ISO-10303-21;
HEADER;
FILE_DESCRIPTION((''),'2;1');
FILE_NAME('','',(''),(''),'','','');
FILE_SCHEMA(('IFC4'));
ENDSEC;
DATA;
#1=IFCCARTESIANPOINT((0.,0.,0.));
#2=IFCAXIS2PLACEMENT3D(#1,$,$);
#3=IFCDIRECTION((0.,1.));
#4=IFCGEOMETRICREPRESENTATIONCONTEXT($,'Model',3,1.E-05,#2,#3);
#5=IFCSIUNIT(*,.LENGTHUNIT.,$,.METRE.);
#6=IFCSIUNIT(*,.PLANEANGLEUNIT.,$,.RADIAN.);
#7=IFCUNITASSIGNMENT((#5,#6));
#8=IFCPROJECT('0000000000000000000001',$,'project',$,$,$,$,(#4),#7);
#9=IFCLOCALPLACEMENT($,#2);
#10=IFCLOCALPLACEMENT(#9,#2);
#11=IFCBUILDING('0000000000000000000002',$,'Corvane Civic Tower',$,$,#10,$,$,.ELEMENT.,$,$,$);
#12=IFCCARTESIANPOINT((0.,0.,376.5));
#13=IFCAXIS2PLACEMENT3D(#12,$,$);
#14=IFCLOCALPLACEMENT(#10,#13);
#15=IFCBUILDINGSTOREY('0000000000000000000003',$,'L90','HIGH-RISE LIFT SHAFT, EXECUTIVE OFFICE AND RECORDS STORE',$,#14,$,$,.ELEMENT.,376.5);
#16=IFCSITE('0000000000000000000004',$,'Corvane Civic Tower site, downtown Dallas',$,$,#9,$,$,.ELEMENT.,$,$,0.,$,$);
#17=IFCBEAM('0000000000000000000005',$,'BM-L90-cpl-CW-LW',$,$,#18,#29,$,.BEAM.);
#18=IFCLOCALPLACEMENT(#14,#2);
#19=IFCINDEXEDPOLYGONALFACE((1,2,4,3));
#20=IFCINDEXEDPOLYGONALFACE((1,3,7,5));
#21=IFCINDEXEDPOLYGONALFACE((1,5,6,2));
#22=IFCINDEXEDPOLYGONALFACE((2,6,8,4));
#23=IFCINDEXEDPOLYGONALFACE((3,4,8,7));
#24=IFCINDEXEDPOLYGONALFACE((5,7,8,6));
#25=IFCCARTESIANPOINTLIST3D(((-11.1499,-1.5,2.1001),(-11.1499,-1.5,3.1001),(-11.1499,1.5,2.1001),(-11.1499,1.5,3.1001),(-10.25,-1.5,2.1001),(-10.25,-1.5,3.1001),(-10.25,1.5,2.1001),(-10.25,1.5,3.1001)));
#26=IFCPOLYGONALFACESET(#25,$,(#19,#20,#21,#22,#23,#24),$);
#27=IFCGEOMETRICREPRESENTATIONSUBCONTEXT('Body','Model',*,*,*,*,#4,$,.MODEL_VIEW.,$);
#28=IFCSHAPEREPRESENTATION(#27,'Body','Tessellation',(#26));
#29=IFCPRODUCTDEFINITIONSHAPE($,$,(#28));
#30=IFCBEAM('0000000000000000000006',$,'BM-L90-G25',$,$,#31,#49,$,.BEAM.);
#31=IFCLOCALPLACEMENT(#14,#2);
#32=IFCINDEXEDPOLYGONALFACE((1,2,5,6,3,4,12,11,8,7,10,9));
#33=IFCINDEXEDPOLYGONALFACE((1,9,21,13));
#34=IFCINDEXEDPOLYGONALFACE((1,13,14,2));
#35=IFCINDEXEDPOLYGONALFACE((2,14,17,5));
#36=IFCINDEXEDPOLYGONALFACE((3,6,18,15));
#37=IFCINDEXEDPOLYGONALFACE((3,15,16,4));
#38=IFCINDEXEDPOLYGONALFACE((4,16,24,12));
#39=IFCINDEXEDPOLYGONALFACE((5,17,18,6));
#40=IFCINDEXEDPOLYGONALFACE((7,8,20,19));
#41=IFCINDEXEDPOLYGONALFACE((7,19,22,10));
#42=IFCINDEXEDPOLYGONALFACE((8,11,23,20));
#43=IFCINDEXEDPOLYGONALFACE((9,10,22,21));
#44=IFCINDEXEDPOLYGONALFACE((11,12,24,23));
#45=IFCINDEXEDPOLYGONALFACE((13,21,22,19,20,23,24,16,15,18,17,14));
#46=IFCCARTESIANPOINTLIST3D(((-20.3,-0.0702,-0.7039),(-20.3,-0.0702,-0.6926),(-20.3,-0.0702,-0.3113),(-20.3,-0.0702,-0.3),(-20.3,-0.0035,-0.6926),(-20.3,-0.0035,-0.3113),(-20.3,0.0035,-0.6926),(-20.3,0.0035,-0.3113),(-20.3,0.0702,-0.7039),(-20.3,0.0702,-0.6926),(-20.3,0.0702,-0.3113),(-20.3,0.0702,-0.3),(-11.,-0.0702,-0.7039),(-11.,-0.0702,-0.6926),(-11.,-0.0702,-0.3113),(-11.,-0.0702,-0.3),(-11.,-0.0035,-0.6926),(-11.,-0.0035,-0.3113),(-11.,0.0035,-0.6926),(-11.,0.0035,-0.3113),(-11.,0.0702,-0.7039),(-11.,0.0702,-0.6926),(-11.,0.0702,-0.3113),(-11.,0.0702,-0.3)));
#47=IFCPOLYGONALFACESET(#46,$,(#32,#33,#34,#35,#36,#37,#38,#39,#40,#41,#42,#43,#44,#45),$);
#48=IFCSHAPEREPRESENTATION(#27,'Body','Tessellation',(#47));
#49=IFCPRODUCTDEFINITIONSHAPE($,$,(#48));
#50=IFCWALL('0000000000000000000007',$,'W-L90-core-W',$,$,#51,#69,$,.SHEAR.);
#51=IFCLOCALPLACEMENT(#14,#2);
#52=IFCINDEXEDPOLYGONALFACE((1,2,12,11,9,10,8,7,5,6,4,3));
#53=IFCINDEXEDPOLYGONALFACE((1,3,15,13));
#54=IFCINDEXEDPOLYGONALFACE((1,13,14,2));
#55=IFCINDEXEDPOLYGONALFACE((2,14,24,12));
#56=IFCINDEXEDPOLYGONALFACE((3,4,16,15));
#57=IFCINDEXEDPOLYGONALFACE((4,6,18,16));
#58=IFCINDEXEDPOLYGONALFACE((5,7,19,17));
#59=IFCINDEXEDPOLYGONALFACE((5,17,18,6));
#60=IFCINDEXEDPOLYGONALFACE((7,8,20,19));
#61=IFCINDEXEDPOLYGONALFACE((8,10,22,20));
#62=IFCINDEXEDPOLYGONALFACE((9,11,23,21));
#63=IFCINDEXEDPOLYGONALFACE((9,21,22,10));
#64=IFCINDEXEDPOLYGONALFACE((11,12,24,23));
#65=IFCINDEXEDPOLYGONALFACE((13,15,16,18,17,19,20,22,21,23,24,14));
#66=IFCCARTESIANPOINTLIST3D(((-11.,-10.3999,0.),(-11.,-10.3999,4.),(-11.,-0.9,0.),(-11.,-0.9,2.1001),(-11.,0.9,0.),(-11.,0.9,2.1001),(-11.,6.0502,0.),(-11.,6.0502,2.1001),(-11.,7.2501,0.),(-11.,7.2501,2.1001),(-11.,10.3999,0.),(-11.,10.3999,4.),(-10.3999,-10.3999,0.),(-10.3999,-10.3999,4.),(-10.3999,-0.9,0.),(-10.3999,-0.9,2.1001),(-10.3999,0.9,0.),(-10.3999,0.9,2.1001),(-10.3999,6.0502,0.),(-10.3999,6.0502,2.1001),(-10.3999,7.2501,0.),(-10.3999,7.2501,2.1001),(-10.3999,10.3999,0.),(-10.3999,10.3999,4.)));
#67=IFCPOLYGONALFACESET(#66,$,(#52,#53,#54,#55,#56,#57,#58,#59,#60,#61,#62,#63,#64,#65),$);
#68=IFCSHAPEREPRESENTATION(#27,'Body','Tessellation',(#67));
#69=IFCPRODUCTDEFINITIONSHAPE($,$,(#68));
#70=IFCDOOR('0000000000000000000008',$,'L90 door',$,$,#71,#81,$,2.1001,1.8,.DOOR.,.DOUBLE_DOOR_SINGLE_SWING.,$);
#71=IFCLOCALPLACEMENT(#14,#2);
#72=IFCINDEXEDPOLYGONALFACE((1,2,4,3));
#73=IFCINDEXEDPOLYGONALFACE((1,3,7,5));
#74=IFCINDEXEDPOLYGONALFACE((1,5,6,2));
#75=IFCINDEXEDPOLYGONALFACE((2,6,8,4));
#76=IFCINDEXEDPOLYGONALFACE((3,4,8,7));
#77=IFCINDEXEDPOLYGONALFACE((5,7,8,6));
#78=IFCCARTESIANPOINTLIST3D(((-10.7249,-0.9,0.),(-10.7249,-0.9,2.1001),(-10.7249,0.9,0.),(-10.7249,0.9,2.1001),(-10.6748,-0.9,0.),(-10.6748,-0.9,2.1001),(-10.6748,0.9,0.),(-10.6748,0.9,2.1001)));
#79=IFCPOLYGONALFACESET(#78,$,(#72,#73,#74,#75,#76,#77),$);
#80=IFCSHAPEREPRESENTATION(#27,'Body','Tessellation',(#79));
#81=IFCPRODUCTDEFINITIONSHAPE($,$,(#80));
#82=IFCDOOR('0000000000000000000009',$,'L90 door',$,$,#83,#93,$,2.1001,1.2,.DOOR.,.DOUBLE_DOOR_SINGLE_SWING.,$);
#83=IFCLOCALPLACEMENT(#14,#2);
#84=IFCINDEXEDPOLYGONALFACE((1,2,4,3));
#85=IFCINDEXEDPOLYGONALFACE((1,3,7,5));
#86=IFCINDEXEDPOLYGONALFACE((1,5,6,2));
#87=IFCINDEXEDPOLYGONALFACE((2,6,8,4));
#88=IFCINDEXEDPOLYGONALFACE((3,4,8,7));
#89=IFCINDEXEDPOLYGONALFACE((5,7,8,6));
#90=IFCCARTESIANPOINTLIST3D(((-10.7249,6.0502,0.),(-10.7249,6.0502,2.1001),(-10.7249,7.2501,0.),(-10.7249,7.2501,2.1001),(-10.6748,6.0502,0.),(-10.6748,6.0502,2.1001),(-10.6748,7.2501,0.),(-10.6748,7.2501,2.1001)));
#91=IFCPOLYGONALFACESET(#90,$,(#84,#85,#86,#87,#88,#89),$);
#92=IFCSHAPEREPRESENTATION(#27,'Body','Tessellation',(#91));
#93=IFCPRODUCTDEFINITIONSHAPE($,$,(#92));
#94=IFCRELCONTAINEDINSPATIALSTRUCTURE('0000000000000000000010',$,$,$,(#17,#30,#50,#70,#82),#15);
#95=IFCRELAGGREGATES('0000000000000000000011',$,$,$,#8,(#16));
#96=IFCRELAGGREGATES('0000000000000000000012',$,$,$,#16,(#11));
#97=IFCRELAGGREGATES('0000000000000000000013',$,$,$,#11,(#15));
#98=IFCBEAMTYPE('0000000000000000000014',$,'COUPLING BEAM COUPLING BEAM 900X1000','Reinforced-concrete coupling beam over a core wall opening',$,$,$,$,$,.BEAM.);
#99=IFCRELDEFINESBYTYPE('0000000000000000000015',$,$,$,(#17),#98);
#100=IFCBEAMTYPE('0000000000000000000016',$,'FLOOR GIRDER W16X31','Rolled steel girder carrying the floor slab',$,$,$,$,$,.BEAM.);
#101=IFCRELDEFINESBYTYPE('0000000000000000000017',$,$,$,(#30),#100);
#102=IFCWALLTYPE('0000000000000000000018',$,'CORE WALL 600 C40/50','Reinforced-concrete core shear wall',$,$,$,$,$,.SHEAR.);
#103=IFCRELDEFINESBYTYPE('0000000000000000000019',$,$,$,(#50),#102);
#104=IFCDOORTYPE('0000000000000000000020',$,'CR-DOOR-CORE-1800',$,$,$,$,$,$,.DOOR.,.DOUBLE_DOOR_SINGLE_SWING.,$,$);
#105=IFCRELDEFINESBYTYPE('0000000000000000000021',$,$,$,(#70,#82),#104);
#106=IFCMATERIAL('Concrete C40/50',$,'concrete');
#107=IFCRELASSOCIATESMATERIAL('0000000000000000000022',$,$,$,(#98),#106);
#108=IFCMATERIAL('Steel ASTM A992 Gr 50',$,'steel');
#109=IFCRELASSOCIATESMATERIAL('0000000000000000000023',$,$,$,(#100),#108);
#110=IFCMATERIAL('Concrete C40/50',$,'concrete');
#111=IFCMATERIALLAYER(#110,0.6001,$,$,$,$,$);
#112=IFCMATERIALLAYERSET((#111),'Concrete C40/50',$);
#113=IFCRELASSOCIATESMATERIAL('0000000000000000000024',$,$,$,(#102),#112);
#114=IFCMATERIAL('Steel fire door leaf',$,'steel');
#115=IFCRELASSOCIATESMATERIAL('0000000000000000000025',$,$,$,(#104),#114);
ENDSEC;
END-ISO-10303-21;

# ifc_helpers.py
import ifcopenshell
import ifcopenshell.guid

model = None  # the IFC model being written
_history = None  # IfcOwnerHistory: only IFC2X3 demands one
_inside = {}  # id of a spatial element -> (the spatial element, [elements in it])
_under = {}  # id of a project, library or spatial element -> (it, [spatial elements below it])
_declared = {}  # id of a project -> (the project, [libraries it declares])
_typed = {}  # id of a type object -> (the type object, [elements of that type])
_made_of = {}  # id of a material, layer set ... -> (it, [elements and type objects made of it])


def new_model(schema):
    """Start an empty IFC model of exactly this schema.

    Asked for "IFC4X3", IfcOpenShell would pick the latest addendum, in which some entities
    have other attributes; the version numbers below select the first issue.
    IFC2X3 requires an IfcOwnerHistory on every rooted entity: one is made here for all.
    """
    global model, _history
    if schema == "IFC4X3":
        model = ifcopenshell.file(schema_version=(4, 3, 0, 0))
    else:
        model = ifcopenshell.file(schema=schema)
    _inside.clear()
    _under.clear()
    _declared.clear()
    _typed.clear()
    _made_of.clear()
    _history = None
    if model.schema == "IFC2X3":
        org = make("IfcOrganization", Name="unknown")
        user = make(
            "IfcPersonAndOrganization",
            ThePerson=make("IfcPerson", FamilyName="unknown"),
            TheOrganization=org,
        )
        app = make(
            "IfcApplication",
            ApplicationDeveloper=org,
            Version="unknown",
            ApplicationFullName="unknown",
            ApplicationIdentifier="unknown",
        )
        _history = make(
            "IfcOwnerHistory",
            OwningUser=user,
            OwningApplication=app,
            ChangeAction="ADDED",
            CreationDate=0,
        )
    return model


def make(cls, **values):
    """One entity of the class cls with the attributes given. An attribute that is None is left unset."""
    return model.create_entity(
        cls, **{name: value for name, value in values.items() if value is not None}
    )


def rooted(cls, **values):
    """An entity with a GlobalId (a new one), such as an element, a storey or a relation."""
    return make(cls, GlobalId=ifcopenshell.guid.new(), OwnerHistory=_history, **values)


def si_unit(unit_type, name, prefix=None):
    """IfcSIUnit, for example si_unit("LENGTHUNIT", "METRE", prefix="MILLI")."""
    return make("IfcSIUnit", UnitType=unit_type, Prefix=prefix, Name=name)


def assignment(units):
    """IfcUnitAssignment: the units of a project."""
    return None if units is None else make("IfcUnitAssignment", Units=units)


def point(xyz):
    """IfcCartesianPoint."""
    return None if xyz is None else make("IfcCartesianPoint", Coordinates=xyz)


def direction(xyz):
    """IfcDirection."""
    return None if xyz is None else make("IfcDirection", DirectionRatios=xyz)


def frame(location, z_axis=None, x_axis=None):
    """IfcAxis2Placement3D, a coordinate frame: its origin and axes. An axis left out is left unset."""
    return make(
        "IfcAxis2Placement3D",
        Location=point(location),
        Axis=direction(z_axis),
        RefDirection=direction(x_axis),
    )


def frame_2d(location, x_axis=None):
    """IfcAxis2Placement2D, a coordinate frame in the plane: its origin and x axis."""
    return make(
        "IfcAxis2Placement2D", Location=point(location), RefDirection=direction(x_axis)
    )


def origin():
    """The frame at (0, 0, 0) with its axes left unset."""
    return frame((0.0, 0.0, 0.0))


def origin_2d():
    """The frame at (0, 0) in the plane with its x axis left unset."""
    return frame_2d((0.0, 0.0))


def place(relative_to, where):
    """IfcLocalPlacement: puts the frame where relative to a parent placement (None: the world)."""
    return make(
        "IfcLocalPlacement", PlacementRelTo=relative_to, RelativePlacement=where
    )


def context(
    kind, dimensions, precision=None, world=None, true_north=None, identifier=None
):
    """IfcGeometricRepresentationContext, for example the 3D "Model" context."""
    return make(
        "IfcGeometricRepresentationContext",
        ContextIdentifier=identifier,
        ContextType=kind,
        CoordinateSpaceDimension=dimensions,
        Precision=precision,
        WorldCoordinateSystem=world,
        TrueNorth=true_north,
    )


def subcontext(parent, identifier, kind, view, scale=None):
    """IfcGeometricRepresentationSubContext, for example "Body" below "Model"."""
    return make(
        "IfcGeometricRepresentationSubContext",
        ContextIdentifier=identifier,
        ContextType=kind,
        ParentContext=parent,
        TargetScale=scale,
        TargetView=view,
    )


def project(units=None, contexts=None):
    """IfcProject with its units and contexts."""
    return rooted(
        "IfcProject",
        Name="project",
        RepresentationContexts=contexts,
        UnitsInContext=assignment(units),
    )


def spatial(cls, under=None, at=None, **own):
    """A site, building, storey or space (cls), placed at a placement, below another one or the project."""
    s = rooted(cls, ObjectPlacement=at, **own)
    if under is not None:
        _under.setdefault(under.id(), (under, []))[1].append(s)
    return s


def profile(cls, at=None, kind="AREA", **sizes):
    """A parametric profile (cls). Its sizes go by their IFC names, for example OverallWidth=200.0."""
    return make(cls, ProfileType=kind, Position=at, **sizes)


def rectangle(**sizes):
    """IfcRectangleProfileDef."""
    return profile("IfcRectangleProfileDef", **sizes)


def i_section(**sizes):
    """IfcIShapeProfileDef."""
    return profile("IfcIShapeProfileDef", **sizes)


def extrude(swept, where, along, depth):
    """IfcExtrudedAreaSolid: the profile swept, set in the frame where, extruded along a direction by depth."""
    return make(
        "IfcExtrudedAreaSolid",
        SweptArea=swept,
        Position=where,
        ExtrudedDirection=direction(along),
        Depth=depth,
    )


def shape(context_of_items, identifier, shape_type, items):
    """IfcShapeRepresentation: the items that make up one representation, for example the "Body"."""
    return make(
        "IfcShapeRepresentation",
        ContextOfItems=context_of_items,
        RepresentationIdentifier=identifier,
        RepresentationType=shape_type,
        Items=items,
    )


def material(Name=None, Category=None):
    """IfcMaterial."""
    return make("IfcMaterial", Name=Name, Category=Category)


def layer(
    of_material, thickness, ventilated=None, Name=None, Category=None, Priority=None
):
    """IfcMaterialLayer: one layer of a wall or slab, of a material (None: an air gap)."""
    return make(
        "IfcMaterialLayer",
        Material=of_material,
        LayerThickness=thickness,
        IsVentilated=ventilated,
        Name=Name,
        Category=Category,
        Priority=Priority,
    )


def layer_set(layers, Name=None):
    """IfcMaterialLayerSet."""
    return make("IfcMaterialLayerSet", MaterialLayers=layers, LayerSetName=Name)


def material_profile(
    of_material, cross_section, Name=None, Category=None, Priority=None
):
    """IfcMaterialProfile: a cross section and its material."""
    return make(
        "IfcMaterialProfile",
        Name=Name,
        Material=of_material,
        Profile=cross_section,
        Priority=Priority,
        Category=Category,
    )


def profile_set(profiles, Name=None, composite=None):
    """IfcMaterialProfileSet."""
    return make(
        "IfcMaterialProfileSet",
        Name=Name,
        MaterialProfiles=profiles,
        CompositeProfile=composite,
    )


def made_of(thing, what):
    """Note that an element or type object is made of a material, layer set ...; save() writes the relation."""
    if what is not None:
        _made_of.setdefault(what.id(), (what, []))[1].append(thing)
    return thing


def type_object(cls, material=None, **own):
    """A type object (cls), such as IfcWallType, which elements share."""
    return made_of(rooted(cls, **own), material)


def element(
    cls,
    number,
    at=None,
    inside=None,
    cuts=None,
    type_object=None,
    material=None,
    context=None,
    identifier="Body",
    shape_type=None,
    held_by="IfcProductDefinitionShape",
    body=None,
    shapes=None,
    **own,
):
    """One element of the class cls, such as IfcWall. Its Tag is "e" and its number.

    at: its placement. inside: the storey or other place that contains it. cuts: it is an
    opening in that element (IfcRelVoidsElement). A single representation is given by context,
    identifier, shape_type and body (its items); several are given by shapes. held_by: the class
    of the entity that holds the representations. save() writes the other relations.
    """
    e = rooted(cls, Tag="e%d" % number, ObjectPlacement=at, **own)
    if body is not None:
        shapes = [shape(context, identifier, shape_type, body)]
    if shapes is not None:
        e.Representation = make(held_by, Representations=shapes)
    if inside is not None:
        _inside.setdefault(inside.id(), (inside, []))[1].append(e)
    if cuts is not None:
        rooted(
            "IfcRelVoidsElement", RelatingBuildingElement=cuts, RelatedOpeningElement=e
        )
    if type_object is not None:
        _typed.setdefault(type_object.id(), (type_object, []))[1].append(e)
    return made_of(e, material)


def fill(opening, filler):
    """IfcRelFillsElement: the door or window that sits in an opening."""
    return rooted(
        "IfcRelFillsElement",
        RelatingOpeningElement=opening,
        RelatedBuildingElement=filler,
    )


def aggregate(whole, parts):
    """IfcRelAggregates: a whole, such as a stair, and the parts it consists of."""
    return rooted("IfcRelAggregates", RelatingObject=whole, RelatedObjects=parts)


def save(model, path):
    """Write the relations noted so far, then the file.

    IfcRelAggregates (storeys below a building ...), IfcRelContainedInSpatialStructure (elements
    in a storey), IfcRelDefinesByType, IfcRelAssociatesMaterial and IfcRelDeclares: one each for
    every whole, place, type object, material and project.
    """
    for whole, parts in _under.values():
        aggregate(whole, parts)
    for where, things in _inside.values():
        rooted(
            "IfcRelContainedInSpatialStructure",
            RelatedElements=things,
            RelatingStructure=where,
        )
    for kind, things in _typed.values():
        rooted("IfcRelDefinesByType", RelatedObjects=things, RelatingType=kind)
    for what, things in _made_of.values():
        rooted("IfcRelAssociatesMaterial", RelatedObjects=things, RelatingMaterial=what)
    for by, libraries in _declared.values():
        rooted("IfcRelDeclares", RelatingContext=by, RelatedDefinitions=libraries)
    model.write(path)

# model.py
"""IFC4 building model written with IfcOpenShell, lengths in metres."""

from ifc_helpers import new_model, si_unit, direction, frame, frame_2d, origin, origin_2d, place, context, subcontext, project, spatial, rectangle, i_section, extrude, material, layer, layer_set, material_profile, profile_set, type_object, element, fill, save


model = new_model("IFC4")

# Units and contexts
model_context = context("Model", 3, precision=1e-05, world=origin(), true_north=direction((0.0, 1.0)))
body_context = subcontext(model_context, "Body", "Model", "MODEL_VIEW")
ifc_project = project(units=[si_unit("LENGTHUNIT", "METRE"), si_unit("PLANEANGLEUNIT", "RADIAN")], contexts=[model_context])

# Site, building, storey
site_placement = place(None, origin())
site = spatial("IfcSite", under=ifc_project, at=site_placement, Name="Corvane Civic Tower site, downtown Dallas", CompositionType="ELEMENT", RefElevation=0.0)
building_placement = place(site_placement, origin())
building = spatial("IfcBuilding", under=site, at=building_placement, Name="Corvane Civic Tower", CompositionType="ELEMENT")
storey_placement = place(building_placement, frame((0.0, 0.0, 376.5)))
storey = spatial("IfcBuildingStorey", under=building, at=storey_placement, Name="L90", Description="HIGH-RISE LIFT SHAFT, EXECUTIVE OFFICE AND RECORDS STORE", CompositionType="ELEMENT", Elevation=376.5)

# Beams
ifc_material_1 = material(Name="Concrete C40/50", Category="concrete")
ifc_material_profile_1 = material_profile(ifc_material_1, rectangle(XDim=0.8999, YDim=1.0, at=origin_2d()), Name="COUPLING BEAM 900X1000")
ifc_profile_set_1 = profile_set([ifc_material_profile_1], Name="Concrete C40/50")
beam_type_1 = type_object("IfcBeamType", Name="COUPLING BEAM COUPLING BEAM 900X1000", Description="Reinforced-concrete coupling beam over a core wall opening", PredefinedType="BEAM", material=ifc_profile_set_1)
beam_1_placement = place(storey_placement, frame((-10.7, -1.5, 2.6001), z_axis=(0.0, 1.0, 0.0), x_axis=(-1.0, 0.0, 0.0)))
element("IfcBeam", 1, at=beam_1_placement, inside=storey, type_object=beam_type_1, Name="BM-L90-cpl-CW-LW", PredefinedType="BEAM", context=body_context, shape_type="SweptSolid", body=[
    extrude(rectangle(XDim=0.8999, YDim=1.0, at=origin_2d()), origin(), (0.0, 0.0, 1.0), 3.0),
])
ifc_material_2 = material(Name="Steel ASTM A992 Gr 50", Category="steel")
ifc_material_profile_2 = material_profile(ifc_material_2, i_section(OverallWidth=0.1404, OverallDepth=0.4038, WebThickness=0.0071, FlangeThickness=0.0112, at=origin_2d()), Name="W16X31")
ifc_profile_set_2 = profile_set([ifc_material_profile_2], Name="Steel ASTM A992 Gr 50")
beam_type_2 = type_object("IfcBeamType", Name="FLOOR GIRDER W16X31", Description="Rolled steel girder carrying the floor slab", PredefinedType="BEAM", material=ifc_profile_set_2)
beam_2_placement = place(storey_placement, frame((-11.0, 0.0, -0.502), z_axis=(-1.0, 0.0, 0.0), x_axis=(0.0, -1.0, 0.0)))
element("IfcBeam", 2, at=beam_2_placement, inside=storey, type_object=beam_type_2, Name="BM-L90-G25", PredefinedType="BEAM", context=body_context, shape_type="SweptSolid", body=[
    extrude(i_section(OverallWidth=0.1404, OverallDepth=0.4038, WebThickness=0.0071, FlangeThickness=0.0112, at=origin_2d()), origin(), (0.0, 0.0, 1.0), 9.3),
])

# Wall, openings, doors
ifc_material_3 = material(Name="Concrete C40/50", Category="concrete")
ifc_layer_1 = layer(ifc_material_3, 0.6001)
ifc_layer_set_1 = layer_set([ifc_layer_1], Name="Concrete C40/50")
wall_type_1 = type_object("IfcWallType", Name="CORE WALL 600 C40/50", Description="Reinforced-concrete core shear wall", PredefinedType="SHEAR", material=ifc_layer_set_1)
wall_1_placement = place(storey_placement, frame((-10.7, -10.3999, 0.0), z_axis=(0.0, 0.0, 1.0), x_axis=(0.0, 1.0, 0.0)))
wall_1 = element("IfcWall", 3, at=wall_1_placement, inside=storey, type_object=wall_type_1, Name="W-L90-core-W", PredefinedType="SHEAR", context=body_context, shape_type="SweptSolid", body=[
    extrude(rectangle(XDim=20.7998, YDim=0.6001, at=frame_2d((10.3999, 0.0))), origin(), (0.0, 0.0, 1.0), 4.0),
])
opening_1_placement = place(wall_1_placement, frame((9.5, 0.0, 0.0)))
opening_1 = element("IfcOpeningElement", 4, at=opening_1_placement, cuts=wall_1, PredefinedType="OPENING", context=body_context, shape_type="SweptSolid", body=[
    extrude(rectangle(XDim=1.8, YDim=2.1001, at=frame_2d((0.8999, 1.05))), frame((0.0, 0.3101, 0.0), z_axis=(0.0, -1.0, 0.0), x_axis=(1.0, 0.0, 0.0)), (0.0, 0.0, 1.0), 0.6201),
])
opening_2_placement = place(wall_1_placement, frame((16.45, 0.0, 0.0)))
opening_2 = element("IfcOpeningElement", 5, at=opening_2_placement, cuts=wall_1, PredefinedType="OPENING", context=body_context, shape_type="SweptSolid", body=[
    extrude(rectangle(XDim=1.2, YDim=2.1001, at=frame_2d((0.6001, 1.05))), frame((0.0, 0.3101, 0.0), z_axis=(0.0, -1.0, 0.0), x_axis=(1.0, 0.0, 0.0)), (0.0, 0.0, 1.0), 0.6201),
])
ifc_material_4 = material(Name="Steel fire door leaf", Category="steel")
door_type_1 = type_object("IfcDoorType", Name="CR-DOOR-CORE-1800", OperationType="DOUBLE_DOOR_SINGLE_SWING", PredefinedType="DOOR", material=ifc_material_4)
door_1_placement = place(opening_1_placement, origin())
door_1 = element("IfcDoor", 6, at=door_1_placement, inside=storey, type_object=door_type_1, Name="L90 door", OperationType="DOUBLE_DOOR_SINGLE_SWING", OverallHeight=2.1001, OverallWidth=1.8, PredefinedType="DOOR", context=body_context, shape_type="SweptSolid", body=[
    extrude(rectangle(XDim=1.8, YDim=2.1001, at=frame_2d((0.8999, 1.05))), frame((0.0, 0.0249, 0.0), z_axis=(0.0, -1.0, 0.0), x_axis=(1.0, 0.0, 0.0)), (0.0, 0.0, 1.0), 0.05),
])
fill(opening_1, door_1)
door_2_placement = place(opening_2_placement, origin())
door_2 = element("IfcDoor", 7, at=door_2_placement, inside=storey, type_object=door_type_1, Name="L90 door", OperationType="DOUBLE_DOOR_SINGLE_SWING", OverallHeight=2.1001, OverallWidth=1.2, PredefinedType="DOOR", context=body_context, shape_type="SweptSolid", body=[
    extrude(rectangle(XDim=1.2, YDim=2.1001, at=frame_2d((0.6001, 1.05))), frame((0.0, 0.0249, 0.0), z_axis=(0.0, -1.0, 0.0), x_axis=(1.0, 0.0, 0.0)), (0.0, 0.0, 1.0), 0.05),
])
fill(opening_2, door_2)

save(model, "model.ifc")
